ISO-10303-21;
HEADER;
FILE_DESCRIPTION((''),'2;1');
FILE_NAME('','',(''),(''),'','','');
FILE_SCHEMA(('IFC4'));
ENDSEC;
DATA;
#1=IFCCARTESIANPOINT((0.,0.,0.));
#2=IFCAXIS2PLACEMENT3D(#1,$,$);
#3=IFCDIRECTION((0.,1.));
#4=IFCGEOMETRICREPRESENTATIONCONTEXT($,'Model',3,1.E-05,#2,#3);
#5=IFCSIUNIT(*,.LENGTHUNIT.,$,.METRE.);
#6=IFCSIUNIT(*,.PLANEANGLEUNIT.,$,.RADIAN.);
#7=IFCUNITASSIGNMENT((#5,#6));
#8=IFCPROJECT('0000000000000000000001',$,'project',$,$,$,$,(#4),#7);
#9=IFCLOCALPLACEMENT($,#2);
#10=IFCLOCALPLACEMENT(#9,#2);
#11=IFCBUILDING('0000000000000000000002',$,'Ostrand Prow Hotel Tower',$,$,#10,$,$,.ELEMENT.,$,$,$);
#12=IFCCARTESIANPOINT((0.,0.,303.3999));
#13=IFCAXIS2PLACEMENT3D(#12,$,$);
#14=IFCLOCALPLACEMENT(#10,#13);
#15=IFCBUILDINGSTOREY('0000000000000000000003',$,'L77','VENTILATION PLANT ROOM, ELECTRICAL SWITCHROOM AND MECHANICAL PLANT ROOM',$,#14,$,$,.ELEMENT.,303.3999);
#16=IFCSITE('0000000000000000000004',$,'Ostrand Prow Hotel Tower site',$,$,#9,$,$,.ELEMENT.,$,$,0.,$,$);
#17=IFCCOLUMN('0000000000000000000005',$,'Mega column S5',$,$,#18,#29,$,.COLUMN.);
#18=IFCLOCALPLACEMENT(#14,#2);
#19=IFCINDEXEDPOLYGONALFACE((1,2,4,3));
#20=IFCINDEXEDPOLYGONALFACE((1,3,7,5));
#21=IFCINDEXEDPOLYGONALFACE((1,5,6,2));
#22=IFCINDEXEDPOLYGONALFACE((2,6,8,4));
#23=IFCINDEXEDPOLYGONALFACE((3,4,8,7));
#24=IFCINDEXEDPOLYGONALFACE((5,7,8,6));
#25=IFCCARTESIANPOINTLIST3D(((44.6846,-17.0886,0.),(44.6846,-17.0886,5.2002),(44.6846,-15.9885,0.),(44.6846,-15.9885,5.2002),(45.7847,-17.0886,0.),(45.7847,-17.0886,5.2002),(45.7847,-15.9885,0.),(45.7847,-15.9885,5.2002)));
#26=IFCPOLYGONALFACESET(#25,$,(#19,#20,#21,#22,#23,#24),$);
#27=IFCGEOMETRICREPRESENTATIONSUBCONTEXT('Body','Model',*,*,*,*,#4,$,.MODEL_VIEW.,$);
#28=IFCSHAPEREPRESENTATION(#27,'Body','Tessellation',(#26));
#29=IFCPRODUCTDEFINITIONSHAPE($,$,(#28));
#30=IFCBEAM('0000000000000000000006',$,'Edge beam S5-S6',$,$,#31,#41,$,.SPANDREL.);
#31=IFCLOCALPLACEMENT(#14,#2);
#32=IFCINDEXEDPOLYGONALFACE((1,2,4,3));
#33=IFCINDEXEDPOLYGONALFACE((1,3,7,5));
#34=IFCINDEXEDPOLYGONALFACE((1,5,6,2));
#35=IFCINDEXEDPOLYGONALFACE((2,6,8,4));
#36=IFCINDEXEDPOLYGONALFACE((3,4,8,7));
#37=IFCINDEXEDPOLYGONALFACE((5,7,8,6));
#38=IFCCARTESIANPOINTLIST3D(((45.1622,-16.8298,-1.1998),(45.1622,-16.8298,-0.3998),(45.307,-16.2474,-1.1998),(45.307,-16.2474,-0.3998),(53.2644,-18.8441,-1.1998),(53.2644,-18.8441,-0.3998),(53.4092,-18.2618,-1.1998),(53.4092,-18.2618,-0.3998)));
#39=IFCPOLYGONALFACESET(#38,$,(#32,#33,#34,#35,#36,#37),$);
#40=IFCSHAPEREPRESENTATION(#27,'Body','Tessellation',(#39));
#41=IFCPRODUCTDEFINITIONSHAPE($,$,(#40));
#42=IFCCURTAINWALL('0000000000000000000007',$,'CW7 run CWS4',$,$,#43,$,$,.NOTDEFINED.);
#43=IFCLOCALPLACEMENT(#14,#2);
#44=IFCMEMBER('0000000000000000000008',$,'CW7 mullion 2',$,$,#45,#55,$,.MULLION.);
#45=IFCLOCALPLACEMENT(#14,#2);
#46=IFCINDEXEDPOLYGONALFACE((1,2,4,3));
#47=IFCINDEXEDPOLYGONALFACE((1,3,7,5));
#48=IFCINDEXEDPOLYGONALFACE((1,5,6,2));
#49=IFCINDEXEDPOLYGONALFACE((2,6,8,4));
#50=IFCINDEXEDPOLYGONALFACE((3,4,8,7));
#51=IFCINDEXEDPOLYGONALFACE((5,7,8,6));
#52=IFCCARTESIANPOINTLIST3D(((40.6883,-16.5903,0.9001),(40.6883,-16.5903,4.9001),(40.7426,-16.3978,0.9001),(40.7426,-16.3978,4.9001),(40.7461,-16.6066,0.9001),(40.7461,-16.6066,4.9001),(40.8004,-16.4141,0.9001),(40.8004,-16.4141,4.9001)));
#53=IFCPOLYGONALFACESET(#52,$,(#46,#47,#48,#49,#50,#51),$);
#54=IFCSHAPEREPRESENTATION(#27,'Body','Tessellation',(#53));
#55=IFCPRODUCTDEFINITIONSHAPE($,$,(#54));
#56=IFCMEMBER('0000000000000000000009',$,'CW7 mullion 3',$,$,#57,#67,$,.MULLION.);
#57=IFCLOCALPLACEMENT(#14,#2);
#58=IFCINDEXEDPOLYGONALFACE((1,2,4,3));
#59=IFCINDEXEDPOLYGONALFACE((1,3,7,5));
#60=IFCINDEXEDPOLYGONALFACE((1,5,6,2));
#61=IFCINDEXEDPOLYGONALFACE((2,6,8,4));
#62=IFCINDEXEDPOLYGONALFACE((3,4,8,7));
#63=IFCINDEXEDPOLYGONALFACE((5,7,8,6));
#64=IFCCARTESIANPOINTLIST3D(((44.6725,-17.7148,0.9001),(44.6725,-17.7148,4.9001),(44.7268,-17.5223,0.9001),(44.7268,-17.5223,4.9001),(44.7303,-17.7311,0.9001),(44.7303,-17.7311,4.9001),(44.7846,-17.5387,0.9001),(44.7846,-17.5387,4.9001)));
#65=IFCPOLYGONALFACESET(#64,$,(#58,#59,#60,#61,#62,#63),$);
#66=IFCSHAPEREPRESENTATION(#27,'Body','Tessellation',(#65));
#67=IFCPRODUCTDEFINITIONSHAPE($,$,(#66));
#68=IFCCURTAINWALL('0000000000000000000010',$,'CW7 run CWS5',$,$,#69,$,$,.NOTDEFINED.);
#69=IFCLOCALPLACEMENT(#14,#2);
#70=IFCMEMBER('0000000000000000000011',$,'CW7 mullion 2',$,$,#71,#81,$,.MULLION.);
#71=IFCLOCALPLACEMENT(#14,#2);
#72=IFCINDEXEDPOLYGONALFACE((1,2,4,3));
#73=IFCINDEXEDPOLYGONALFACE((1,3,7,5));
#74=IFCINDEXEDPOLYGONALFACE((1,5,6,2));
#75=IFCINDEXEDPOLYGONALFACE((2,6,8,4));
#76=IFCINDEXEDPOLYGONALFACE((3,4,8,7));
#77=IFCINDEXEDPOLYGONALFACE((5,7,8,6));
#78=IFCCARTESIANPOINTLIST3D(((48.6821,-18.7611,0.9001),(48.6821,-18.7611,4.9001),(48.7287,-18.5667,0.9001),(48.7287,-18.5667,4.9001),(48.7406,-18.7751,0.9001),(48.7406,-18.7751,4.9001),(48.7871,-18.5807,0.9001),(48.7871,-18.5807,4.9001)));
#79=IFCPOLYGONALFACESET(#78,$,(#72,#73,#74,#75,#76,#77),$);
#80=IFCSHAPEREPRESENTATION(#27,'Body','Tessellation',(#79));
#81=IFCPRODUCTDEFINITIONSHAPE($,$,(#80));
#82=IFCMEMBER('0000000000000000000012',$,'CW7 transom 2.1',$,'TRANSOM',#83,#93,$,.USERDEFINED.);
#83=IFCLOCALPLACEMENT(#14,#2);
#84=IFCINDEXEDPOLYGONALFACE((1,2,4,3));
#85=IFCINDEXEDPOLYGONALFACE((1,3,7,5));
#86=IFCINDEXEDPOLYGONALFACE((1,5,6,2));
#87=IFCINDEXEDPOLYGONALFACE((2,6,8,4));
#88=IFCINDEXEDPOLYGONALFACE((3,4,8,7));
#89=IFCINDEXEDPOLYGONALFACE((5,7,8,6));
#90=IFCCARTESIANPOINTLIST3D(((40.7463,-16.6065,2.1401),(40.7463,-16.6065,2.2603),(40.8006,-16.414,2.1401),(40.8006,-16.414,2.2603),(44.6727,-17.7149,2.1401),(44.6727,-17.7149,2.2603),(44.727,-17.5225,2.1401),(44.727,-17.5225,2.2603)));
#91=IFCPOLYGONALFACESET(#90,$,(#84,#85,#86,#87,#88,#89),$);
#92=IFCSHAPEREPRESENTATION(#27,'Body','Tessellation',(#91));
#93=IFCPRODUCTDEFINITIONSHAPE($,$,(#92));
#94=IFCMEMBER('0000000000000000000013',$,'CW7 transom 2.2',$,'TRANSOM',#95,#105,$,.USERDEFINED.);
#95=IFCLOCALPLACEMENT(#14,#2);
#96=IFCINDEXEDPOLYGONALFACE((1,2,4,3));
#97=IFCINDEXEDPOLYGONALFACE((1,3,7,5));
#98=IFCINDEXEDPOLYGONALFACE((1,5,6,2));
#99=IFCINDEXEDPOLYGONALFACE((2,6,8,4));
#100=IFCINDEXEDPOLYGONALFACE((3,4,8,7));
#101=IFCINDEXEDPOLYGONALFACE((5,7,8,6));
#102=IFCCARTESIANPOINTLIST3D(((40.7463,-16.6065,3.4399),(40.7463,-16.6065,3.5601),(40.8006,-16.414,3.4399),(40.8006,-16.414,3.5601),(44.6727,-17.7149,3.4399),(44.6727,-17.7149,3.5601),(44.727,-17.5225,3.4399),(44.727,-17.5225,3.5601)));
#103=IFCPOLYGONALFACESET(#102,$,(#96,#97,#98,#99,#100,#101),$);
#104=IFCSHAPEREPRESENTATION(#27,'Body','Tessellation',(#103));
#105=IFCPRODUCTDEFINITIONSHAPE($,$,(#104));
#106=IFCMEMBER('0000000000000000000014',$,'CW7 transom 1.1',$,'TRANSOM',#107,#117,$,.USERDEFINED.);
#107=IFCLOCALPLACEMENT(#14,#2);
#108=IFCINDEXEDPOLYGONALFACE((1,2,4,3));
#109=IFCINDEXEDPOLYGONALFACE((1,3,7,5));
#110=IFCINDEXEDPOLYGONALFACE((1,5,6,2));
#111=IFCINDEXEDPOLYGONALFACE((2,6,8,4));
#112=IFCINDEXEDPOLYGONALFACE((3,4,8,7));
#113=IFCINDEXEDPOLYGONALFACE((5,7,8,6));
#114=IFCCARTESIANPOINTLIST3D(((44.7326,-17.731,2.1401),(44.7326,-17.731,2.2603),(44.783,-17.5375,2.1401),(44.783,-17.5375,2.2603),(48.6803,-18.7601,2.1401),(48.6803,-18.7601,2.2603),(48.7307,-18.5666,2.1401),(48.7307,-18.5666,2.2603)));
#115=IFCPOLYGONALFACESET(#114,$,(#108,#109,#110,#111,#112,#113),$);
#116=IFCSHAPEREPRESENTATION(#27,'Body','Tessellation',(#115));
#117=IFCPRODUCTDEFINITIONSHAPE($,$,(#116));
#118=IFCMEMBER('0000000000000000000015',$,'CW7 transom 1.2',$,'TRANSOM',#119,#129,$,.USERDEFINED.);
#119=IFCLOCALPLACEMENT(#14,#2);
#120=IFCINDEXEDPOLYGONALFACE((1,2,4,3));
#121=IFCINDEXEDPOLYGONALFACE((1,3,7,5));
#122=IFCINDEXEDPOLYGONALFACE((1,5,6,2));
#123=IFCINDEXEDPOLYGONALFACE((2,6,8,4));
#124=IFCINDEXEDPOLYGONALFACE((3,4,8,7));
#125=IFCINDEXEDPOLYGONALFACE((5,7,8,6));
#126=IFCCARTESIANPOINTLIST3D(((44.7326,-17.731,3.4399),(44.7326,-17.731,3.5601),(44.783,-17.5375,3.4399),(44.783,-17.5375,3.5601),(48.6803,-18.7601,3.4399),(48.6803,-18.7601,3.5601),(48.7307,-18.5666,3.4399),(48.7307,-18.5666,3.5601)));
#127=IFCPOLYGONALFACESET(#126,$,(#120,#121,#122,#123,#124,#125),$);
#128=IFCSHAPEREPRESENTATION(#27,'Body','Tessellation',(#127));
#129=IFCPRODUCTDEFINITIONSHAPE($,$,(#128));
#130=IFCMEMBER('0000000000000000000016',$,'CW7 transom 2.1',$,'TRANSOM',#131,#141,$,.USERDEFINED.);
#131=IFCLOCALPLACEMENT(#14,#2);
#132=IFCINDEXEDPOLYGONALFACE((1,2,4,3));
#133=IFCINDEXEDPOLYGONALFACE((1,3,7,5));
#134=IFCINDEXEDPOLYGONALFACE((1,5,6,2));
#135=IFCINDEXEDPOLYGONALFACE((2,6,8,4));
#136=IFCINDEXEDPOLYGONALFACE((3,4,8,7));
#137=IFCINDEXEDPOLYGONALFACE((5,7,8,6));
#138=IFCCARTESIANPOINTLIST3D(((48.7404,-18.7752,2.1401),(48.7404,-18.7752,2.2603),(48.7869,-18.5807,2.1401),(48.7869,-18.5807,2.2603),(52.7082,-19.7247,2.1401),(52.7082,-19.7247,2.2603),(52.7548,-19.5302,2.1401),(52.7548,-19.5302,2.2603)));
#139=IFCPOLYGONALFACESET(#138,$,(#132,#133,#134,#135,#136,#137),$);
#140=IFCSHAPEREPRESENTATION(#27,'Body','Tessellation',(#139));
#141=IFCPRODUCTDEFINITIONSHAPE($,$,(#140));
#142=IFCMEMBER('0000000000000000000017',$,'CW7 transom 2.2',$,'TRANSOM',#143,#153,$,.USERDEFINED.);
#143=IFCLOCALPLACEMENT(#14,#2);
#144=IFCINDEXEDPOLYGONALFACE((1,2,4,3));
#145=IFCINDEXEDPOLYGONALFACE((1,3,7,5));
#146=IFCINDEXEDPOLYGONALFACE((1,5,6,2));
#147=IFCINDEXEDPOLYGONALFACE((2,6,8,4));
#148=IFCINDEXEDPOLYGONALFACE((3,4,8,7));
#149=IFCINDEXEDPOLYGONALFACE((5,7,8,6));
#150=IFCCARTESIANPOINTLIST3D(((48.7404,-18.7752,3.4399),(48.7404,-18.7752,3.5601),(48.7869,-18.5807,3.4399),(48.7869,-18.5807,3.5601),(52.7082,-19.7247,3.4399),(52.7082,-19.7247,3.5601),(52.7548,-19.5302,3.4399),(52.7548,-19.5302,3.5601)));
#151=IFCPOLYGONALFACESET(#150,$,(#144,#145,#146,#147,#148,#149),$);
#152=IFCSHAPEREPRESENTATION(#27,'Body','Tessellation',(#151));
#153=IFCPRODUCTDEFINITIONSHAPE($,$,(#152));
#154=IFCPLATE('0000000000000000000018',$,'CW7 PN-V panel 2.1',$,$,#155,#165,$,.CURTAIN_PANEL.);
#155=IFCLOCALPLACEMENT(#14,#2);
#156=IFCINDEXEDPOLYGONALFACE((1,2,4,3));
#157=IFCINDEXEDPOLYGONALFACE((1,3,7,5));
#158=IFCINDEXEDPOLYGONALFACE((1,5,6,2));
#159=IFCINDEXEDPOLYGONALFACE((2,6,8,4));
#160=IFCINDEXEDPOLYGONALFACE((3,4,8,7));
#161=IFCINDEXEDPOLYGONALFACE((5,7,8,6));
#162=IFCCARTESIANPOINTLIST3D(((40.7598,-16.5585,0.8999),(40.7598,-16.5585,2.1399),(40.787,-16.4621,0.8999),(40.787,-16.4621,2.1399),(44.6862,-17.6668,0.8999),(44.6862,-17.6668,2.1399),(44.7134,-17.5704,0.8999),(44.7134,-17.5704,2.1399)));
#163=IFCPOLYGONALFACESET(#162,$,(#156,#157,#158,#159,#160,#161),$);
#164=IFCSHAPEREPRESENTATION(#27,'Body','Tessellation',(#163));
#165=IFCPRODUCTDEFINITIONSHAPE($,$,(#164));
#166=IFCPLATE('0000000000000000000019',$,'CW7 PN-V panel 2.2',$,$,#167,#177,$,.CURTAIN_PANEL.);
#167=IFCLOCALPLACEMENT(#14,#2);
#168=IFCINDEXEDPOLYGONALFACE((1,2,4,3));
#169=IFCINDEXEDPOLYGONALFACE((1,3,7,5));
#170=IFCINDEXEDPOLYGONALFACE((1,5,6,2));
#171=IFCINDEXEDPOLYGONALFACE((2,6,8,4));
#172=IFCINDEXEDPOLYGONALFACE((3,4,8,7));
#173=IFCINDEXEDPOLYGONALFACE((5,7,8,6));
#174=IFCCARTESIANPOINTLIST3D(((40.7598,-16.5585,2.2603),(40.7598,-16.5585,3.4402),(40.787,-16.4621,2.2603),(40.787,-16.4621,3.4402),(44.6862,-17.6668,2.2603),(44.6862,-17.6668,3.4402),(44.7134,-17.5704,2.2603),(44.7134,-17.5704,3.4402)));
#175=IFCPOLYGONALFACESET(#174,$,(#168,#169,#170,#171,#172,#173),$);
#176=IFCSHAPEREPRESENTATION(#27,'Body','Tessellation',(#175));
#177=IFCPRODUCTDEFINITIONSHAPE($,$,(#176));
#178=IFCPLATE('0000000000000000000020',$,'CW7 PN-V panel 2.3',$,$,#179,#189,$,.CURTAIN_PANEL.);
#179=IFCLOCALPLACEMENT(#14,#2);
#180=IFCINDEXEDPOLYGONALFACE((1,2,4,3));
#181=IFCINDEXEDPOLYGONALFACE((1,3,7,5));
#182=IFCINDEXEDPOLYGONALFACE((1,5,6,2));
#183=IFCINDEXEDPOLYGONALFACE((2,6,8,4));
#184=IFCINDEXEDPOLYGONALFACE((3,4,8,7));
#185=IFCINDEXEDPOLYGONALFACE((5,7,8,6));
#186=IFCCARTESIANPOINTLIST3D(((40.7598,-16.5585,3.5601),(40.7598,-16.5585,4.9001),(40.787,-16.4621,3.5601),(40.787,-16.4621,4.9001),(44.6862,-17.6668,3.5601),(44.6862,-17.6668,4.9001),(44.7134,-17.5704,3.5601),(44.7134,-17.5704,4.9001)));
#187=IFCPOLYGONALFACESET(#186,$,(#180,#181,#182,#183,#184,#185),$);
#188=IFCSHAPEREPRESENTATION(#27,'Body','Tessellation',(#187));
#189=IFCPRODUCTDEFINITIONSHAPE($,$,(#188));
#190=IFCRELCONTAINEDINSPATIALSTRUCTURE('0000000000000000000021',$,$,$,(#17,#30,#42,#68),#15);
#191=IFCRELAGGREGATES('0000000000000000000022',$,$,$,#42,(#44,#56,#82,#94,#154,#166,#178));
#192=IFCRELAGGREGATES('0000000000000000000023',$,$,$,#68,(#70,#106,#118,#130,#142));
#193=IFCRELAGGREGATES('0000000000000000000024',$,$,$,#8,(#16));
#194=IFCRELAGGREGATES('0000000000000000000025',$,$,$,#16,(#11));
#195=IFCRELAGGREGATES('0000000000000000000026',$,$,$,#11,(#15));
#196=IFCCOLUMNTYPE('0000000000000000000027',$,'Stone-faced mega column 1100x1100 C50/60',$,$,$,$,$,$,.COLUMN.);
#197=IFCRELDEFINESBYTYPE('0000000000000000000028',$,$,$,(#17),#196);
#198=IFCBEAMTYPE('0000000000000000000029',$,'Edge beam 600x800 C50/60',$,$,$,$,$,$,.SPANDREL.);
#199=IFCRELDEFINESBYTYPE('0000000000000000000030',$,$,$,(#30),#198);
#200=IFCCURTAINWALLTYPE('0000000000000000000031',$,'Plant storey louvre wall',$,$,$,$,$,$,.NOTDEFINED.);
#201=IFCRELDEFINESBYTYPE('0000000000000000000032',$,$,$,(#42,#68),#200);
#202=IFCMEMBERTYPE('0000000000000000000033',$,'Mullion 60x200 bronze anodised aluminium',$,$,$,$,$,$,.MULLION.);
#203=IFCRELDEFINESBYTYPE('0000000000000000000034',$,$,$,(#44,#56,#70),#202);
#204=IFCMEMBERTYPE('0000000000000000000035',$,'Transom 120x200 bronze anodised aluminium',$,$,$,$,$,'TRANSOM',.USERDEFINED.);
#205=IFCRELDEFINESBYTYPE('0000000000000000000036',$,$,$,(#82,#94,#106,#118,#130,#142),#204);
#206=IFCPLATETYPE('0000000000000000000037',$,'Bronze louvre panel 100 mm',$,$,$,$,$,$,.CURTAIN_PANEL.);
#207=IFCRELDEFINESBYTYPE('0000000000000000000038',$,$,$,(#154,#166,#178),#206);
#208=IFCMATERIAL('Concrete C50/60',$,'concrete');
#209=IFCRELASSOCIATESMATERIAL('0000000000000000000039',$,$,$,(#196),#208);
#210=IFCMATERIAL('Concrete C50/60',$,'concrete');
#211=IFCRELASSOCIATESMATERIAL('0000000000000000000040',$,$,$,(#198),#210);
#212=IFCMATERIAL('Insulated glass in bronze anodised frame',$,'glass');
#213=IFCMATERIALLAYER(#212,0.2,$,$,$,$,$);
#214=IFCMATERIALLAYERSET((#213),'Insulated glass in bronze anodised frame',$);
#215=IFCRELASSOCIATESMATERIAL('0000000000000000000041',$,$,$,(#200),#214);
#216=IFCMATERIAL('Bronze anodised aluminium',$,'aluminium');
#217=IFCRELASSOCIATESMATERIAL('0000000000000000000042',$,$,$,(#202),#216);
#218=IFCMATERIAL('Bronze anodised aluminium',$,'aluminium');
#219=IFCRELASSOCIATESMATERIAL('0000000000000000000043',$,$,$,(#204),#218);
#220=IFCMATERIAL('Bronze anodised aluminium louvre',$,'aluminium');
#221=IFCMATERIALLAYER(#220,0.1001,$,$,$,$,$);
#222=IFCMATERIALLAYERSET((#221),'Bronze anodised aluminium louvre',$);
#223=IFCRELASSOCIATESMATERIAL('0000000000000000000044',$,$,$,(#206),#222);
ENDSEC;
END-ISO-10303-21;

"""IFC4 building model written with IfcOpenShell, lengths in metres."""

from ifc_helpers import new_model, si_unit, direction, frame, origin, origin_2d, place, context, subcontext, project, spatial, rectangle, extrude, material, layer, layer_set, material_profile, profile_set, type_object, element, aggregate, save


model = new_model("IFC4")

# Units and contexts
model_context = context("Model", 3, precision=1e-05, world=origin(), true_north=direction((0.0, 1.0)))
body_context = subcontext(model_context, "Body", "Model", "MODEL_VIEW")
ifc_project = project(units=[si_unit("LENGTHUNIT", "METRE"), si_unit("PLANEANGLEUNIT", "RADIAN")], contexts=[model_context])

# Site, building, storey
site_placement = place(None, origin())
site = spatial("IfcSite", under=ifc_project, at=site_placement, Name="Ostrand Prow Hotel Tower site", CompositionType="ELEMENT", RefElevation=0.0)
building_placement = place(site_placement, origin())
building = spatial("IfcBuilding", under=site, at=building_placement, Name="Ostrand Prow Hotel Tower", CompositionType="ELEMENT")
storey_placement = place(building_placement, frame((0.0, 0.0, 303.3999)))
storey = spatial("IfcBuildingStorey", under=building, at=storey_placement, Name="L77", Description="VENTILATION PLANT ROOM, ELECTRICAL SWITCHROOM AND MECHANICAL PLANT ROOM", CompositionType="ELEMENT", Elevation=303.3999)

# Column
ifc_material_1 = material(Name="Concrete C50/60", Category="concrete")
ifc_material_profile_1 = material_profile(ifc_material_1, rectangle(XDim=1.1001, YDim=1.1001, at=origin_2d()), Name="RC 1100x1100")
ifc_profile_set_1 = profile_set([ifc_material_profile_1], Name="Concrete C50/60")
column_type = type_object("IfcColumnType", Name="Stone-faced mega column 1100x1100 C50/60", PredefinedType="COLUMN", material=ifc_profile_set_1)
column_placement = place(storey_placement, frame((45.2346, -16.5386, 0.0), z_axis=(0.0, 0.0, 1.0), x_axis=(1.0, 0.0, 0.0)))
element("IfcColumn", 1, at=column_placement, inside=storey, type_object=column_type, Name="Mega column S5", PredefinedType="COLUMN", context=body_context, shape_type="SweptSolid", body=[
    extrude(rectangle(XDim=1.1001, YDim=1.1001, at=origin_2d()), origin(), (0.0, 0.0, 1.0), 5.2002),
])

# Beam
ifc_material_2 = material(Name="Concrete C50/60", Category="concrete")
ifc_material_profile_2 = material_profile(ifc_material_2, rectangle(XDim=0.6001, YDim=0.8, at=origin_2d()), Name="RC 600x800")
ifc_profile_set_2 = profile_set([ifc_material_profile_2], Name="Concrete C50/60")
beam_type = type_object("IfcBeamType", Name="Edge beam 600x800 C50/60", PredefinedType="SPANDREL", material=ifc_profile_set_2)
beam_placement = place(storey_placement, frame((45.2346, -16.5386, -0.7998), z_axis=(0.970456, -0.241276, 0.0), x_axis=(0.241276, 0.970456, 0.0)))
element("IfcBeam", 2, at=beam_placement, inside=storey, type_object=beam_type, Name="Edge beam S5-S6", PredefinedType="SPANDREL", context=body_context, shape_type="SweptSolid", body=[
    extrude(rectangle(XDim=0.6001, YDim=0.8, at=origin_2d()), origin(), (0.0, 0.0, 1.0), 8.3489),
])

# Curtain wall, members
ifc_material_3 = material(Name="Insulated glass in bronze anodised frame", Category="glass")
ifc_layer_1 = layer(ifc_material_3, 0.2)
ifc_layer_set_1 = layer_set([ifc_layer_1], Name="Insulated glass in bronze anodised frame")
curtain_wall_type = type_object("IfcCurtainWallType", Name="Plant storey louvre wall", PredefinedType="NOTDEFINED", material=ifc_layer_set_1)
curtain_wall_1_placement = place(storey_placement, origin())
curtain_wall_1 = element("IfcCurtainWall", 3, at=curtain_wall_1_placement, inside=storey, type_object=curtain_wall_type, Name="CW7 run CWS4", PredefinedType="NOTDEFINED")
ifc_material_4 = material(Name="Bronze anodised aluminium", Category="aluminium")
ifc_material_profile_3 = material_profile(ifc_material_4, rectangle(XDim=0.2, YDim=0.0601, at=origin_2d()), Name="Mullion 60x200 bronze anodised aluminium")
ifc_profile_set_3 = profile_set([ifc_material_profile_3], Name="Bronze anodised aluminium")
member_type_1 = type_object("IfcMemberType", Name="Mullion 60x200 bronze anodised aluminium", PredefinedType="MULLION", material=ifc_profile_set_3)
member_1_placement = place(storey_placement, frame((40.7444, -16.5022, 0.9001), z_axis=(0.0, 0.0, 1.0), x_axis=(0.271649, 0.962396, 0.0)))
member_1 = element("IfcMember", 4, at=member_1_placement, type_object=member_type_1, Name="CW7 mullion 2", PredefinedType="MULLION", context=body_context, shape_type="SweptSolid", body=[
    extrude(rectangle(XDim=0.2, YDim=0.0601, at=origin_2d()), origin(), (0.0, 0.0, 1.0), 4.0),
])
member_2_placement = place(storey_placement, frame((44.7285, -17.6267, 0.9001), z_axis=(0.0, 0.0, 1.0), x_axis=(0.271649, 0.962396, 0.0)))
member_2 = element("IfcMember", 5, at=member_2_placement, type_object=member_type_1, Name="CW7 mullion 3", PredefinedType="MULLION", context=body_context, shape_type="SweptSolid", body=[
    extrude(rectangle(XDim=0.2, YDim=0.0601, at=origin_2d()), origin(), (0.0, 0.0, 1.0), 4.0),
])

# Curtain wall, member
curtain_wall_2_placement = place(storey_placement, origin())
curtain_wall_2 = element("IfcCurtainWall", 6, at=curtain_wall_2_placement, inside=storey, type_object=curtain_wall_type, Name="CW7 run CWS5", PredefinedType="NOTDEFINED")
member_3_placement = place(storey_placement, frame((48.7346, -18.6709, 0.9001), z_axis=(0.0, 0.0, 1.0), x_axis=(0.232746, 0.972538, 0.0)))
member_3 = element("IfcMember", 7, at=member_3_placement, type_object=member_type_1, Name="CW7 mullion 2", PredefinedType="MULLION", context=body_context, shape_type="SweptSolid", body=[
    extrude(rectangle(XDim=0.2, YDim=0.0601, at=origin_2d()), origin(), (0.0, 0.0, 1.0), 4.0),
])

# Members
ifc_material_5 = material(Name="Bronze anodised aluminium", Category="aluminium")
ifc_material_profile_4 = material_profile(ifc_material_5, rectangle(XDim=0.2, YDim=0.1201, at=origin_2d()), Name="Transom 120x200 bronze anodised aluminium")
ifc_profile_set_4 = profile_set([ifc_material_profile_4], Name="Bronze anodised aluminium")
member_type_2 = type_object("IfcMemberType", Name="Transom 120x200 bronze anodised aluminium", ElementType="TRANSOM", PredefinedType="USERDEFINED", material=ifc_profile_set_4)
member_4_placement = place(storey_placement, frame((40.7734, -16.5103, 2.2002), z_axis=(0.962386, -0.271685, 0.0), x_axis=(0.271685, 0.962386, 0.0)))
member_4 = element("IfcMember", 8, at=member_4_placement, type_object=member_type_2, Name="CW7 transom 2.1", ObjectType="TRANSOM", PredefinedType="USERDEFINED", context=body_context, shape_type="SweptSolid", body=[
    extrude(rectangle(XDim=0.2, YDim=0.1201, at=origin_2d()), origin(), (0.0, 0.0, 1.0), 4.0798),
])
member_5_placement = place(storey_placement, frame((40.7734, -16.5103, 3.5), z_axis=(0.962386, -0.271685, 0.0), x_axis=(0.271685, 0.962386, 0.0)))
member_5 = element("IfcMember", 9, at=member_5_placement, type_object=member_type_2, Name="CW7 transom 2.2", ObjectType="TRANSOM", PredefinedType="USERDEFINED", context=body_context, shape_type="SweptSolid", body=[
    extrude(rectangle(XDim=0.2, YDim=0.1201, at=origin_2d()), origin(), (0.0, 0.0, 1.0), 4.0798),
])
member_6_placement = place(storey_placement, frame((44.7578, -17.6343, 2.2002), z_axis=(0.967665, -0.252239, 0.0), x_axis=(0.252239, 0.967665, 0.0)))
member_6 = element("IfcMember", 10, at=member_6_placement, type_object=member_type_2, Name="CW7 transom 1.1", ObjectType="TRANSOM", PredefinedType="USERDEFINED", context=body_context, shape_type="SweptSolid", body=[
    extrude(rectangle(XDim=0.2, YDim=0.1201, at=origin_2d()), origin(), (0.0, 0.0, 1.0), 4.0796),
])
member_7_placement = place(storey_placement, frame((44.7578, -17.6343, 3.5), z_axis=(0.967665, -0.252239, 0.0), x_axis=(0.252239, 0.967665, 0.0)))
member_7 = element("IfcMember", 11, at=member_7_placement, type_object=member_type_2, Name="CW7 transom 1.2", ObjectType="TRANSOM", PredefinedType="USERDEFINED", context=body_context, shape_type="SweptSolid", body=[
    extrude(rectangle(XDim=0.2, YDim=0.1201, at=origin_2d()), origin(), (0.0, 0.0, 1.0), 4.0796),
])
member_8_placement = place(storey_placement, frame((48.7637, -18.678, 2.2002), z_axis=(0.972543, -0.232723, 0.0), x_axis=(0.232723, 0.972543, 0.0)))
member_8 = element("IfcMember", 12, at=member_8_placement, type_object=member_type_2, Name="CW7 transom 2.1", ObjectType="TRANSOM", PredefinedType="USERDEFINED", context=body_context, shape_type="SweptSolid", body=[
    extrude(rectangle(XDim=0.2, YDim=0.1201, at=origin_2d()), origin(), (0.0, 0.0, 1.0), 4.0798),
])
member_9_placement = place(storey_placement, frame((48.7637, -18.678, 3.5), z_axis=(0.972543, -0.232723, 0.0), x_axis=(0.232723, 0.972543, 0.0)))
member_9 = element("IfcMember", 13, at=member_9_placement, type_object=member_type_2, Name="CW7 transom 2.2", ObjectType="TRANSOM", PredefinedType="USERDEFINED", context=body_context, shape_type="SweptSolid", body=[
    extrude(rectangle(XDim=0.2, YDim=0.1201, at=origin_2d()), origin(), (0.0, 0.0, 1.0), 4.0798),
])

# Plates
ifc_material_6 = material(Name="Bronze anodised aluminium louvre", Category="aluminium")
ifc_layer_2 = layer(ifc_material_6, 0.1001)
ifc_layer_set_2 = layer_set([ifc_layer_2], Name="Bronze anodised aluminium louvre")
plate_type = type_object("IfcPlateType", Name="Bronze louvre panel 100 mm", PredefinedType="CURTAIN_PANEL", material=ifc_layer_set_2)
plate_1_placement = place(storey_placement, frame((42.7366, -17.0645, 0.8999), z_axis=(0.0, 0.0, 1.0), x_axis=(0.962396, -0.271649, 0.0)))
plate_1 = element("IfcPlate", 14, at=plate_1_placement, type_object=plate_type, Name="CW7 PN-V panel 2.1", PredefinedType="CURTAIN_PANEL", context=body_context, shape_type="SweptSolid", body=[
    extrude(rectangle(XDim=4.0798, YDim=0.1001, at=origin_2d()), origin(), (0.0, 0.0, 1.0), 1.24),
])
plate_2_placement = place(storey_placement, frame((42.7366, -17.0645, 2.2603), z_axis=(0.0, 0.0, 1.0), x_axis=(0.962396, -0.271649, 0.0)))
plate_2 = element("IfcPlate", 15, at=plate_2_placement, type_object=plate_type, Name="CW7 PN-V panel 2.2", PredefinedType="CURTAIN_PANEL", context=body_context, shape_type="SweptSolid", body=[
    extrude(rectangle(XDim=4.0798, YDim=0.1001, at=origin_2d()), origin(), (0.0, 0.0, 1.0), 1.1799),
])
plate_3_placement = place(storey_placement, frame((42.7366, -17.0645, 3.5601), z_axis=(0.0, 0.0, 1.0), x_axis=(0.962396, -0.271649, 0.0)))
plate_3 = element("IfcPlate", 16, at=plate_3_placement, type_object=plate_type, Name="CW7 PN-V panel 2.3", PredefinedType="CURTAIN_PANEL", context=body_context, shape_type="SweptSolid", body=[
    extrude(rectangle(XDim=4.0798, YDim=0.1001, at=origin_2d()), origin(), (0.0, 0.0, 1.0), 1.3401),
])
aggregate(curtain_wall_1, [member_1, member_2, member_4, member_5, plate_1, plate_2, plate_3])
aggregate(curtain_wall_2, [member_3, member_6, member_7, member_8, member_9])

save(model, "model.ifc")
